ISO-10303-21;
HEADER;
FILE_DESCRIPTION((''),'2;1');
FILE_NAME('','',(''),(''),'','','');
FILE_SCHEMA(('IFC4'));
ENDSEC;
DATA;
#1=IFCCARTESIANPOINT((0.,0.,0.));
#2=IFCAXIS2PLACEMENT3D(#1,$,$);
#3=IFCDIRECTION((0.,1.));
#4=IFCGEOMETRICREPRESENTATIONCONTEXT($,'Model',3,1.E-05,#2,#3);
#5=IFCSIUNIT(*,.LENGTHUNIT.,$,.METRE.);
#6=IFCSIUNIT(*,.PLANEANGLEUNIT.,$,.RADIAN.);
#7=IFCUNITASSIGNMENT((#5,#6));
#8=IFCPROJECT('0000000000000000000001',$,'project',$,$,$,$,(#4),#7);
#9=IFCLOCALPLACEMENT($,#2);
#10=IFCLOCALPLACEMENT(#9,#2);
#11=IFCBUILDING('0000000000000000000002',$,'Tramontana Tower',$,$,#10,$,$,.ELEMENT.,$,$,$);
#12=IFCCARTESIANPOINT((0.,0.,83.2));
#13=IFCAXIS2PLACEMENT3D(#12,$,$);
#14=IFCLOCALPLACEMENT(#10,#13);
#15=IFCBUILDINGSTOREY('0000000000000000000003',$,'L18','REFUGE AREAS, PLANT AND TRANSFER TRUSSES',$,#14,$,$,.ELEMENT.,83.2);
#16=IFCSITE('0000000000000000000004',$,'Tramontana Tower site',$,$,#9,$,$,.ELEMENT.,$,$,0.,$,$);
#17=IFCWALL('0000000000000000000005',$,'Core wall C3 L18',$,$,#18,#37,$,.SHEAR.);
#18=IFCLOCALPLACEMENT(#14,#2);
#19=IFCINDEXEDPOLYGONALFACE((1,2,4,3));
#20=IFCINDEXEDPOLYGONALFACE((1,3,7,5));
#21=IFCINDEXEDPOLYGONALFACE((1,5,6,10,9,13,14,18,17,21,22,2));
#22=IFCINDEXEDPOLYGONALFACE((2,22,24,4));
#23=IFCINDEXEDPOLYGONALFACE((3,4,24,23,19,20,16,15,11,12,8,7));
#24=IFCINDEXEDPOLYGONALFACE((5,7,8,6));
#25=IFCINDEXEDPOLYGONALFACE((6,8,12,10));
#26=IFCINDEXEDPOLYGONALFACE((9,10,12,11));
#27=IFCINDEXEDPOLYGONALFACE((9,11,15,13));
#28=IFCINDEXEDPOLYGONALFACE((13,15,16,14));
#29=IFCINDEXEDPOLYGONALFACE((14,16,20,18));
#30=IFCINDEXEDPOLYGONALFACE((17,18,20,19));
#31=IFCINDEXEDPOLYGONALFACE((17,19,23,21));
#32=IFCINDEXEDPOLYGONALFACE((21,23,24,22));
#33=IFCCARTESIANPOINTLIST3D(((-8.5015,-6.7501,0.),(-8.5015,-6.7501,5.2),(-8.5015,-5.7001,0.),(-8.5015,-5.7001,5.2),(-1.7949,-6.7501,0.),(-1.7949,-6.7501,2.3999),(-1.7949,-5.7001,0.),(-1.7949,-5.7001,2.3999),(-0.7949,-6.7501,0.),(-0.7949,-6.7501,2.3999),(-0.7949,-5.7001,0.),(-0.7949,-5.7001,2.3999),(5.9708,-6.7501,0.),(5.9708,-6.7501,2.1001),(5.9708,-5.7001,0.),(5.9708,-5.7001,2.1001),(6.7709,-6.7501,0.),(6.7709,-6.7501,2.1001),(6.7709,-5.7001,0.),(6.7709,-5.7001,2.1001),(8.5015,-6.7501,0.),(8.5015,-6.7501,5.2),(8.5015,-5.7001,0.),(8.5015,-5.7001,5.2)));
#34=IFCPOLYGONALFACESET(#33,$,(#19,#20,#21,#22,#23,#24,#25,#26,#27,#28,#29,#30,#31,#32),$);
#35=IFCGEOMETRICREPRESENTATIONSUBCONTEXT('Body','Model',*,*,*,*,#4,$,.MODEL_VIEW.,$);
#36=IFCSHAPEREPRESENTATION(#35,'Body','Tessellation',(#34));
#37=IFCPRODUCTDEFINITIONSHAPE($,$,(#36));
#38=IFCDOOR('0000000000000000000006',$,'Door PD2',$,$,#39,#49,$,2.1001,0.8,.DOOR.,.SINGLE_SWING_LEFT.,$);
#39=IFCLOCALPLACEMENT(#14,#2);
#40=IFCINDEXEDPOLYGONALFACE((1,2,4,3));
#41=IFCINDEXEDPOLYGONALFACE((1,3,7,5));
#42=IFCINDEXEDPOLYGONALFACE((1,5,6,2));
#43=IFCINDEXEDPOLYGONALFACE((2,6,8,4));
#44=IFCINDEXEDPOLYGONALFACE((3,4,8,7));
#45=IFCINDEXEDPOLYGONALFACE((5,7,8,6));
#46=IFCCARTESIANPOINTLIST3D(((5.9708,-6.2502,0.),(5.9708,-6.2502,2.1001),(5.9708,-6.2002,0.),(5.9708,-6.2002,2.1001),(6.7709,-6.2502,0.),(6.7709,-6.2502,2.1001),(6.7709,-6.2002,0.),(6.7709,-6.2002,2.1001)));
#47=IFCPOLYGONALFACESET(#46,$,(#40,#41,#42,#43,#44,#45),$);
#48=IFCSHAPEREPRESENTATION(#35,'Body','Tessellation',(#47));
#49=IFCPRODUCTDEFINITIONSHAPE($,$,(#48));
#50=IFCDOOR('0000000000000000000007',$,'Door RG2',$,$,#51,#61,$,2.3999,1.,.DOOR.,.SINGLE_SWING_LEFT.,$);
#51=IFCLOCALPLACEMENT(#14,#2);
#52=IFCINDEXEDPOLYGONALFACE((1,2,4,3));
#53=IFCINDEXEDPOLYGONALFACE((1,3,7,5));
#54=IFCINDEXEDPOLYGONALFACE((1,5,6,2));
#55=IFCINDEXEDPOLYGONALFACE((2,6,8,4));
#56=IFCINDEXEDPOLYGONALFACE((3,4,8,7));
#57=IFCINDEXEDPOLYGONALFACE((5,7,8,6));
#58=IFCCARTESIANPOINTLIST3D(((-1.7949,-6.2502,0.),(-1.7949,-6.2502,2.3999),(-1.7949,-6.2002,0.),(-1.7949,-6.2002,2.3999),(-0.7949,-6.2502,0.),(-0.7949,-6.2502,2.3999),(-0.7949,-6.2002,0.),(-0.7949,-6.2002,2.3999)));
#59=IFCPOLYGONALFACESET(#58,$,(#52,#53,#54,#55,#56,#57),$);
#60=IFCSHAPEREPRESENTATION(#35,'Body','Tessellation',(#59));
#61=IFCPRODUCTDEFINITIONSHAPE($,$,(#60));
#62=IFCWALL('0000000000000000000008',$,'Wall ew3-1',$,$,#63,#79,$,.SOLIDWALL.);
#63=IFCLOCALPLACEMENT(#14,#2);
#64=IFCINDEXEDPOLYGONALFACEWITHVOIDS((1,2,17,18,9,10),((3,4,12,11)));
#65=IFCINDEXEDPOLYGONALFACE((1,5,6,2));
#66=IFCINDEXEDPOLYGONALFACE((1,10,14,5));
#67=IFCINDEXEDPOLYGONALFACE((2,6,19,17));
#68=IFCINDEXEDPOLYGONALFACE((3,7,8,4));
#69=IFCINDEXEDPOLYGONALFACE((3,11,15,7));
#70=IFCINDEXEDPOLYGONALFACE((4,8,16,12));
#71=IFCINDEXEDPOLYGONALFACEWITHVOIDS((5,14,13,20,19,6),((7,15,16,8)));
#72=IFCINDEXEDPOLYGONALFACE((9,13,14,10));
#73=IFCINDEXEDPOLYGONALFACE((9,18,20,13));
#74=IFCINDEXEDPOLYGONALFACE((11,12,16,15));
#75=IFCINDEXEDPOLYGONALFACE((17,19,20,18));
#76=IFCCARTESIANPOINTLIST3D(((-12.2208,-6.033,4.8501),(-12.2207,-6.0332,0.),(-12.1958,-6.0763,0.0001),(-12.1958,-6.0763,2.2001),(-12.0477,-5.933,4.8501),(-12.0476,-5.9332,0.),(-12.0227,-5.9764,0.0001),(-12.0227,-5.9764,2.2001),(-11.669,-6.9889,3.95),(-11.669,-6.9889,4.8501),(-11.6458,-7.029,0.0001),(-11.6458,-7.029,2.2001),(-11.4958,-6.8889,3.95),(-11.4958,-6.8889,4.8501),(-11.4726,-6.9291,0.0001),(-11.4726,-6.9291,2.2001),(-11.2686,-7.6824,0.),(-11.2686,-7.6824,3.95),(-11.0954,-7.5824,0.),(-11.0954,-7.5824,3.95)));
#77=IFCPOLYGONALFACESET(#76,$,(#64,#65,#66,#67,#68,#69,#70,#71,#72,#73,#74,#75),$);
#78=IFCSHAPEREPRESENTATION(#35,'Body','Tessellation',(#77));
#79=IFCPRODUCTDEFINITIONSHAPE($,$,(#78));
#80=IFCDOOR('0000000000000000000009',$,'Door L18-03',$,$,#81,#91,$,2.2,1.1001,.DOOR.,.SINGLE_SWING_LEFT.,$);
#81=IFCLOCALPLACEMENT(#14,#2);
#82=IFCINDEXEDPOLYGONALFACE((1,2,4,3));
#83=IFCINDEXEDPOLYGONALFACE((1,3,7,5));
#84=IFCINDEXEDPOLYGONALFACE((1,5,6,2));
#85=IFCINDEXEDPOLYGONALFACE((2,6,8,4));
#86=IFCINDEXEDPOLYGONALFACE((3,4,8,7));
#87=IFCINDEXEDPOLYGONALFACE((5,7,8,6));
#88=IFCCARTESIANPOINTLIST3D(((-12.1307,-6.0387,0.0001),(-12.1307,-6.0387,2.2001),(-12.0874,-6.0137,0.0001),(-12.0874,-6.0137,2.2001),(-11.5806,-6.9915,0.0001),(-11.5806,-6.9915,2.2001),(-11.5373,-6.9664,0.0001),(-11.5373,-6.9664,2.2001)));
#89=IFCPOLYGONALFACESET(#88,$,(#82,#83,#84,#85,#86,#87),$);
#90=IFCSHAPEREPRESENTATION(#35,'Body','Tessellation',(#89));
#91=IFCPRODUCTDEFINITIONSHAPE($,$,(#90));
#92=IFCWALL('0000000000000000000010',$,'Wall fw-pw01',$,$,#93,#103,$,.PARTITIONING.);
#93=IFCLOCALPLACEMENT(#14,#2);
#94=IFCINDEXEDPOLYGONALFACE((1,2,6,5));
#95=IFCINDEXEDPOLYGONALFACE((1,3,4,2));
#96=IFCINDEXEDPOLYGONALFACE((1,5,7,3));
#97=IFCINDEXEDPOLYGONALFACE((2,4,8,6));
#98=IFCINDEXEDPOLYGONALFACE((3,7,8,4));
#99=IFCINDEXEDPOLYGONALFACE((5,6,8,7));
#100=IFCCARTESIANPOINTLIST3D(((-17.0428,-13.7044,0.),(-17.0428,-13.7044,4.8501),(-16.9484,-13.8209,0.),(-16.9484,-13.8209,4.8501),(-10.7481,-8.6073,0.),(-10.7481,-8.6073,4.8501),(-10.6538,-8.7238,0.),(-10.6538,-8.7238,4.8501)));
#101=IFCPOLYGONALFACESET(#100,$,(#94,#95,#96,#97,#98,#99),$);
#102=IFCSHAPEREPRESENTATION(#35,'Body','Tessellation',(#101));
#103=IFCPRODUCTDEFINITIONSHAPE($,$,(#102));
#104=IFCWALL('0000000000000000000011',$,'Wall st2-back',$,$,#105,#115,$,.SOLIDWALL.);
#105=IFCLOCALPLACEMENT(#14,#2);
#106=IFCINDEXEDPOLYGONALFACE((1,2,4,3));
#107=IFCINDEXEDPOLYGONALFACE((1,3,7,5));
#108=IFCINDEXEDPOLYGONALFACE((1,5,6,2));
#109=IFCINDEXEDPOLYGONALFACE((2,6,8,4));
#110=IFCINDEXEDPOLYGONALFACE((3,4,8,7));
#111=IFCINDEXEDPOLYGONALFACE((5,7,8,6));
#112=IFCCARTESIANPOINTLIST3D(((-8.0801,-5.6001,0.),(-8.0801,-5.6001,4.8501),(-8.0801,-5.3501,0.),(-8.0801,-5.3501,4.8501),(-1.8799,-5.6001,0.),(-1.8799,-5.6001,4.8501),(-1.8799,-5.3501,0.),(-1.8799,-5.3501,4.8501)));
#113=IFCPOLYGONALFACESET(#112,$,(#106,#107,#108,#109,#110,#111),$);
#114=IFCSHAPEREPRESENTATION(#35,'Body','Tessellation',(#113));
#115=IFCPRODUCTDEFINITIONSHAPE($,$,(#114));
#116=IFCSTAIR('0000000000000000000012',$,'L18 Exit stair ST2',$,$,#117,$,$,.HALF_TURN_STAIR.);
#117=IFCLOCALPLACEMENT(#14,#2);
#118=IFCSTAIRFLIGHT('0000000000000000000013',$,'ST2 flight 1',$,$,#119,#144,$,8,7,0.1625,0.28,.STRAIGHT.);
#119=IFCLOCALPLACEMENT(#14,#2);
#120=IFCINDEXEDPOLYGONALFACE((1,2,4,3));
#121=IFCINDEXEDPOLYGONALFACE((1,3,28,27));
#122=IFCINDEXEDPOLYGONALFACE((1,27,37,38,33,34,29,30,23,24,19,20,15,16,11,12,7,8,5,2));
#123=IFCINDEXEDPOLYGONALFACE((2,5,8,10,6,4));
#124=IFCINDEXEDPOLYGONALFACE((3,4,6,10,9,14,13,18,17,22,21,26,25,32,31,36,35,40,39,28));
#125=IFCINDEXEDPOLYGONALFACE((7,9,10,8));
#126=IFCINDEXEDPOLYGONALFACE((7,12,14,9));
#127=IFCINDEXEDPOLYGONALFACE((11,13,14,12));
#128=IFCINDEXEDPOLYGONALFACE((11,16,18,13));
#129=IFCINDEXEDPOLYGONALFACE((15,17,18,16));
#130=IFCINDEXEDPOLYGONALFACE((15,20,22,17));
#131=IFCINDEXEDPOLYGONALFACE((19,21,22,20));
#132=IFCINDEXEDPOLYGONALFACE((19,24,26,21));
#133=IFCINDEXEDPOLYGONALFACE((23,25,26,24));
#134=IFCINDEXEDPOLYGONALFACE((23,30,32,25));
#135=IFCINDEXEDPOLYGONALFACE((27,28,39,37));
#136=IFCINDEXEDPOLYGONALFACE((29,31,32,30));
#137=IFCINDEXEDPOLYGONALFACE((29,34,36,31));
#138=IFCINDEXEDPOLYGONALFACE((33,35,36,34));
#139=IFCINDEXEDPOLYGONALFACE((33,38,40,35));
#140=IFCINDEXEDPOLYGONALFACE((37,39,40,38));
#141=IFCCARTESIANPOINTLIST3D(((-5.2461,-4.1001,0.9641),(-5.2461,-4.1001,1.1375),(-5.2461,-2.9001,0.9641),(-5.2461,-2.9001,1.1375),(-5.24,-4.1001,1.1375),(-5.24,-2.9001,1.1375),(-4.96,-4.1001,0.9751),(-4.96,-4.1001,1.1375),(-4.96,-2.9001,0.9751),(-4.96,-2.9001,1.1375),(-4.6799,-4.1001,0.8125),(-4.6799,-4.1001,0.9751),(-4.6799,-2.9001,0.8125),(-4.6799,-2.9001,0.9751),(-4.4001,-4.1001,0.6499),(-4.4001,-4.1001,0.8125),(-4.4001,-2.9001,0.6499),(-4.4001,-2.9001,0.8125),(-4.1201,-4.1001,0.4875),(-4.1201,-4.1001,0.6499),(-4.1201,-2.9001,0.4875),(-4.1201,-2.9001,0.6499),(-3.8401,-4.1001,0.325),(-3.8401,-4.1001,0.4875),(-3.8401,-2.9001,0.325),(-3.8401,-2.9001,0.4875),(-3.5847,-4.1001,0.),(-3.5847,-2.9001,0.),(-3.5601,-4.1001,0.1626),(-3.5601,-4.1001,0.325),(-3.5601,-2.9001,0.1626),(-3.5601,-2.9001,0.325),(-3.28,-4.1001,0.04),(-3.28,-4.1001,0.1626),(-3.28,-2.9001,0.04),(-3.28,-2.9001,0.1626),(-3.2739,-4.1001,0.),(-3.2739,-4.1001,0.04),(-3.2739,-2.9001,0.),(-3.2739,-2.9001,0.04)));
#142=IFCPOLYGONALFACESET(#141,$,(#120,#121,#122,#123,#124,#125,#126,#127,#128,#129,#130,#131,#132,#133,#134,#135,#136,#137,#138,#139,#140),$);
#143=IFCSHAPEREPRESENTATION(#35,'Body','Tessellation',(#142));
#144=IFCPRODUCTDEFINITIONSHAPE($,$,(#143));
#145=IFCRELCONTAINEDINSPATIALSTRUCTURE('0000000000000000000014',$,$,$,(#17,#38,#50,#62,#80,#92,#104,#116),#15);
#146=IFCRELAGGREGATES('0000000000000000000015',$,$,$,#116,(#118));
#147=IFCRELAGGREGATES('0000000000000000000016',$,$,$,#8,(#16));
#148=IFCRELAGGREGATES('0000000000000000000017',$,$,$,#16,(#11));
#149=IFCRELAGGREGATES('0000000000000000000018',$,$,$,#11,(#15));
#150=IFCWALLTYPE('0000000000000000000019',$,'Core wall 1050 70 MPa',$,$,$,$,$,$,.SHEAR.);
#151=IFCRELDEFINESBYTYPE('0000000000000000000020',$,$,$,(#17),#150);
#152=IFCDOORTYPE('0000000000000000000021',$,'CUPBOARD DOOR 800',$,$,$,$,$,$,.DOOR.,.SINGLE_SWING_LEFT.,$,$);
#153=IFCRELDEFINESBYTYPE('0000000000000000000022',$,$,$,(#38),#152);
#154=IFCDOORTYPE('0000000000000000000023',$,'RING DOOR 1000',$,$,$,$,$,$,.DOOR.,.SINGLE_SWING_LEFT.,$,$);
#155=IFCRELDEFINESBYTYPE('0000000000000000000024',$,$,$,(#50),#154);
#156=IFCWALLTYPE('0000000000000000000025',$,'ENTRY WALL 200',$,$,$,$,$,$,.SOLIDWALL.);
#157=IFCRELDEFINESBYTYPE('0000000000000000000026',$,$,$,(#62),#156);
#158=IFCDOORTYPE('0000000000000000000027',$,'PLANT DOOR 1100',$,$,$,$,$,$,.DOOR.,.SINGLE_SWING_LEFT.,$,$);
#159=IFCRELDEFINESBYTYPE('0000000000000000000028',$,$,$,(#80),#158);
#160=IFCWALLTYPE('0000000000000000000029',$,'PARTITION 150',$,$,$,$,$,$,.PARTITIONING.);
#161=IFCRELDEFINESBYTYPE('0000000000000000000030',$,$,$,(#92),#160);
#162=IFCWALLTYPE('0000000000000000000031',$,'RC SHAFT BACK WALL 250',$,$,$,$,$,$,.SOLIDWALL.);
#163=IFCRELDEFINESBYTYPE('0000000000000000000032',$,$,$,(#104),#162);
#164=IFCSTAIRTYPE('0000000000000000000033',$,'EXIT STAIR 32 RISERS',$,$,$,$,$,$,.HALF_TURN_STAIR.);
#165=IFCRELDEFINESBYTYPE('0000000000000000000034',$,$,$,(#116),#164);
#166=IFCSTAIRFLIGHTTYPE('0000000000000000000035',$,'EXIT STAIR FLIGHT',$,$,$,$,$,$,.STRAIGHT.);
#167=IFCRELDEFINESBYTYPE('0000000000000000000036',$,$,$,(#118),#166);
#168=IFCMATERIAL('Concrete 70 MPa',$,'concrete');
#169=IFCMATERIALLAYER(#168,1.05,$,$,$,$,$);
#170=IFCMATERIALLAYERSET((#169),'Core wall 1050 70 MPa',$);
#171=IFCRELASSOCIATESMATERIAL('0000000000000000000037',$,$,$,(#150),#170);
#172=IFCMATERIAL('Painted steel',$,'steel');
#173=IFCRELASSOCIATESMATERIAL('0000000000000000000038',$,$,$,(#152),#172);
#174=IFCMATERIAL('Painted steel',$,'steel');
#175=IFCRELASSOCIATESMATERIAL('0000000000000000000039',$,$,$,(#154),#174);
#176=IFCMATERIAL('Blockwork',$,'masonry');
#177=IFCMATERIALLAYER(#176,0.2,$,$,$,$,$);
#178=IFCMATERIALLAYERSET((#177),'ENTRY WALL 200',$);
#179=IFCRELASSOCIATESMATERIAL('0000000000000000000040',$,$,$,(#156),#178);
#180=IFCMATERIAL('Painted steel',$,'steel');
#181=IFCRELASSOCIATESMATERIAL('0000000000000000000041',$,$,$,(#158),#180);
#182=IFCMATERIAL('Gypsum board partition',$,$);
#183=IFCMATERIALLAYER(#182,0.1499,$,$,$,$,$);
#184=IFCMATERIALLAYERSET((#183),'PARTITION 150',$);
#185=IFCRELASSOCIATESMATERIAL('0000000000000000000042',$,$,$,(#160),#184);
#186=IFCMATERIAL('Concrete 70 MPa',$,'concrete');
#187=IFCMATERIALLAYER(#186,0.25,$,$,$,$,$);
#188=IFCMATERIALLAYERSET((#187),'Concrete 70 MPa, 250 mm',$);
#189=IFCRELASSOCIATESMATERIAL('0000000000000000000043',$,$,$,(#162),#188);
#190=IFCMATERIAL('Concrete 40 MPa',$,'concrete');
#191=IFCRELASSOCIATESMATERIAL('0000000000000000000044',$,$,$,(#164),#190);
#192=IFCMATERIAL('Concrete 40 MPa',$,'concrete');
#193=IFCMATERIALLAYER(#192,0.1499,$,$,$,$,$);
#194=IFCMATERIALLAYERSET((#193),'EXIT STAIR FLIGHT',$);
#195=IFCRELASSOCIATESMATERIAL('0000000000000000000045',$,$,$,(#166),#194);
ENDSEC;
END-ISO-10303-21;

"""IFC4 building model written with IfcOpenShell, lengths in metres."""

from ifc_helpers import new_model, si_unit, direction, frame, frame_2d, origin, place, context, subcontext, project, spatial, polyline, rectangle, outline, extrude, material, layer, layer_set, type_object, element, fill, aggregate, save


model = new_model("IFC4")

# Units and contexts
model_context = context("Model", 3, precision=1e-05, world=origin(), true_north=direction((0.0, 1.0)))
body_context = subcontext(model_context, "Body", "Model", "MODEL_VIEW")
ifc_project = project(units=[si_unit("LENGTHUNIT", "METRE"), si_unit("PLANEANGLEUNIT", "RADIAN")], contexts=[model_context])

# Site, building, storey
site_placement = place(None, origin())
site = spatial("IfcSite", under=ifc_project, at=site_placement, Name="Tramontana Tower site", CompositionType="ELEMENT", RefElevation=0.0)
building_placement = place(site_placement, origin())
building = spatial("IfcBuilding", under=site, at=building_placement, Name="Tramontana Tower", CompositionType="ELEMENT")
storey_placement = place(building_placement, frame((0.0, 0.0, 83.2)))
storey = spatial("IfcBuildingStorey", under=building, at=storey_placement, Name="L18", Description="REFUGE AREAS, PLANT AND TRANSFER TRUSSES", CompositionType="ELEMENT", Elevation=83.2)

# Shared definitions
ifc_material_1 = material(Name="Concrete 70 MPa", Category="concrete")
ifc_layer_1 = layer(ifc_material_1, 1.05)
ifc_layer_set_1 = layer_set([ifc_layer_1], Name="Core wall 1050 70 MPa")
wall_type_1 = type_object("IfcWallType", Name="Core wall 1050 70 MPa", PredefinedType="SHEAR", material=ifc_layer_set_1)

# Wall, openings, doors
wall_1_placement = place(storey_placement, frame((-8.5015, -6.2251, 0.0), z_axis=(0.0, 0.0, 1.0), x_axis=(1.0, 0.0, 0.0)))
wall_1 = element("IfcWall", 1, at=wall_1_placement, inside=storey, type_object=wall_type_1, Name="Core wall C3 L18", PredefinedType="SHEAR", context=body_context, shape_type="SweptSolid", body=[
    extrude(rectangle(XDim=17.0029, YDim=1.05, at=frame_2d((8.5015, 0.0))), origin(), (0.0, 0.0, 1.0), 5.2),
])
opening_1_placement = place(wall_1_placement, frame((6.7065, 0.0, 0.0)))
opening_1 = element("IfcOpeningElement", 2, at=opening_1_placement, cuts=wall_1, PredefinedType="OPENING", context=body_context, shape_type="SweptSolid", body=[
    extrude(rectangle(XDim=1.0, YDim=2.3999, at=frame_2d((0.5, 1.2))), frame((0.0, 0.5349, 0.0), z_axis=(0.0, -1.0, 0.0), x_axis=(1.0, 0.0, 0.0)), (0.0, 0.0, 1.0), 1.0701),
])
opening_2_placement = place(wall_1_placement, frame((14.4724, 0.0, 0.0)))
opening_2 = element("IfcOpeningElement", 3, at=opening_2_placement, cuts=wall_1, PredefinedType="OPENING", context=body_context, shape_type="SweptSolid", body=[
    extrude(rectangle(XDim=0.8, YDim=2.1001, at=frame_2d((0.3999, 1.05))), frame((0.0, 0.5349, 0.0), z_axis=(0.0, -1.0, 0.0), x_axis=(1.0, 0.0, 0.0)), (0.0, 0.0, 1.0), 1.0701),
])
ifc_material_2 = material(Name="Painted steel", Category="steel")
door_type_1 = type_object("IfcDoorType", Name="CUPBOARD DOOR 800", OperationType="SINGLE_SWING_LEFT", PredefinedType="DOOR", material=ifc_material_2)
door_1_placement = place(opening_2_placement, origin())
door_1 = element("IfcDoor", 4, at=door_1_placement, inside=storey, type_object=door_type_1, Name="Door PD2", OperationType="SINGLE_SWING_LEFT", OverallHeight=2.1001, OverallWidth=0.8, PredefinedType="DOOR", context=body_context, shape_type="SweptSolid", body=[
    extrude(rectangle(XDim=0.8, YDim=2.1001, at=frame_2d((0.3999, 1.05))), frame((0.0, 0.0249, 0.0), z_axis=(0.0, -1.0, 0.0), x_axis=(1.0, 0.0, 0.0)), (0.0, 0.0, 1.0), 0.05),
])
fill(opening_2, door_1)
ifc_material_3 = material(Name="Painted steel", Category="steel")
door_type_2 = type_object("IfcDoorType", Name="RING DOOR 1000", OperationType="SINGLE_SWING_LEFT", PredefinedType="DOOR", material=ifc_material_3)
door_2_placement = place(opening_1_placement, origin())
door_2 = element("IfcDoor", 5, at=door_2_placement, inside=storey, type_object=door_type_2, Name="Door RG2", OperationType="SINGLE_SWING_LEFT", OverallHeight=2.3999, OverallWidth=1.0, PredefinedType="DOOR", context=body_context, shape_type="SweptSolid", body=[
    extrude(rectangle(XDim=1.0, YDim=2.3999, at=frame_2d((0.5, 1.2))), frame((0.0, 0.0249, 0.0), z_axis=(0.0, -1.0, 0.0), x_axis=(1.0, 0.0, 0.0)), (0.0, 0.0, 1.0), 0.05),
])
fill(opening_1, door_2)

# Wall, opening, door
ifc_material_4 = material(Name="Blockwork", Category="masonry")
ifc_layer_2 = layer(ifc_material_4, 0.2)
ifc_layer_set_2 = layer_set([ifc_layer_2], Name="ENTRY WALL 200")
wall_type_2 = type_object("IfcWallType", Name="ENTRY WALL 200", PredefinedType="SOLIDWALL", material=ifc_layer_set_2)
wall_2_placement = place(storey_placement, frame((-11.1819, -7.6323, 0.0), z_axis=(0.0, 0.0, 1.0), x_axis=(-0.5, 0.866025, 0.0)))
wall_2 = element("IfcWall", 6, at=wall_2_placement, inside=storey, type_object=wall_type_2, Name="Wall ew3-1", PredefinedType="SOLIDWALL", context=body_context, shape_type="SweptSolid", body=[
    extrude(outline(polyline([(0.0, 0.0), (1.9043, 0.0), (1.9045, 4.8501), (0.8008, 4.8501), (0.8008, 3.95), (0.0, 3.95), (0.0, 0.0)])), frame((0.0, 0.1001, 0.0), z_axis=(0.0, -1.0, 0.0), x_axis=(1.0, 0.0, 0.0)), (0.0, 0.0, 1.0), 0.2),
])
opening_3_placement = place(wall_2_placement, frame((0.7544, 0.0, 0.0)))
opening_3 = element("IfcOpeningElement", 7, at=opening_3_placement, cuts=wall_2, PredefinedType="OPENING", context=body_context, shape_type="SweptSolid", body=[
    extrude(rectangle(XDim=1.1001, YDim=2.2, at=frame_2d((0.55, 1.1001))), frame((0.0, 0.1099, 0.0), z_axis=(0.0, -1.0, 0.0), x_axis=(1.0, 0.0, 0.0)), (0.0, 0.0, 1.0), 0.22),
])
ifc_material_5 = material(Name="Painted steel", Category="steel")
door_type_3 = type_object("IfcDoorType", Name="PLANT DOOR 1100", OperationType="SINGLE_SWING_LEFT", PredefinedType="DOOR", material=ifc_material_5)
door_3_placement = place(opening_3_placement, origin())
door_3 = element("IfcDoor", 8, at=door_3_placement, inside=storey, type_object=door_type_3, Name="Door L18-03", OperationType="SINGLE_SWING_LEFT", OverallHeight=2.2, OverallWidth=1.1001, PredefinedType="DOOR", context=body_context, shape_type="SweptSolid", body=[
    extrude(rectangle(XDim=1.1001, YDim=2.2, at=frame_2d((0.55, 1.1001))), frame((0.0, 0.0249, 0.0), z_axis=(0.0, -1.0, 0.0), x_axis=(1.0, 0.0, 0.0)), (0.0, 0.0, 1.0), 0.05),
])
fill(opening_3, door_3)

# Walls
ifc_material_6 = material(Name="Gypsum board partition")
ifc_layer_3 = layer(ifc_material_6, 0.1499)
ifc_layer_set_3 = layer_set([ifc_layer_3], Name="PARTITION 150")
wall_type_3 = type_object("IfcWallType", Name="PARTITION 150", PredefinedType="PARTITIONING", material=ifc_layer_set_3)
wall_3_placement = place(storey_placement, frame((-10.7009, -8.6655, 0.0), z_axis=(0.0, 0.0, 1.0), x_axis=(-0.777156, -0.629308, 0.0)))
element("IfcWall", 9, at=wall_3_placement, inside=storey, type_object=wall_type_3, Name="Wall fw-pw01", PredefinedType="PARTITIONING", context=body_context, shape_type="SweptSolid", body=[
    extrude(rectangle(XDim=8.0996, YDim=0.1499, at=frame_2d((4.0498, 0.0))), origin(), (0.0, 0.0, 1.0), 4.8501),
])
ifc_material_7 = material(Name="Concrete 70 MPa", Category="concrete")
ifc_layer_4 = layer(ifc_material_7, 0.25)
ifc_layer_set_4 = layer_set([ifc_layer_4], Name="Concrete 70 MPa, 250 mm")
wall_type_4 = type_object("IfcWallType", Name="RC SHAFT BACK WALL 250", PredefinedType="SOLIDWALL", material=ifc_layer_set_4)
wall_4_placement = place(storey_placement, frame((-8.0801, -5.4751, 0.0), z_axis=(0.0, 0.0, 1.0), x_axis=(1.0, 0.0, 0.0)))
element("IfcWall", 10, at=wall_4_placement, inside=storey, type_object=wall_type_4, Name="Wall st2-back", PredefinedType="SOLIDWALL", context=body_context, shape_type="SweptSolid", body=[
    extrude(rectangle(XDim=6.2002, YDim=0.25, at=frame_2d((3.1001, 0.0))), origin(), (0.0, 0.0, 1.0), 4.8501),
])

# Stair, stair flight
ifc_material_8 = material(Name="Concrete 40 MPa", Category="concrete")
stair_type = type_object("IfcStairType", Name="EXIT STAIR 32 RISERS", PredefinedType="HALF_TURN_STAIR", material=ifc_material_8)
stair_placement = place(storey_placement, origin())
stair = element("IfcStair", 11, at=stair_placement, inside=storey, type_object=stair_type, Name="L18 Exit stair ST2", PredefinedType="HALF_TURN_STAIR")
ifc_material_9 = material(Name="Concrete 40 MPa", Category="concrete")
ifc_layer_5 = layer(ifc_material_9, 0.1499)
ifc_layer_set_5 = layer_set([ifc_layer_5], Name="EXIT STAIR FLIGHT")
stair_flight_type = type_object("IfcStairFlightType", Name="EXIT STAIR FLIGHT", PredefinedType="STRAIGHT", material=ifc_layer_set_5)
stair_flight_1_placement = place(storey_placement, frame((-3.28, -3.5, 0.0), z_axis=(0.0, 0.0, 1.0), x_axis=(-1.0, 0.0, 0.0)))
stair_flight_1 = element("IfcStairFlight", 12, at=stair_flight_1_placement, type_object=stair_flight_type, Name="ST2 flight 1", NumberOfRisers=8, NumberOfTreads=7, PredefinedType="STRAIGHT", RiserHeight=0.1625, TreadLength=0.28, context=body_context, shape_type="SweptSolid", body=[
    extrude(outline(polyline([(-0.0061, 0.0), (-0.0061, 0.04), (0.0, 0.04), (0.0, 0.1626), (0.28, 0.1626), (0.28, 0.325), (0.5601, 0.325), (0.5601, 0.4875), (0.8401, 0.4875), (0.8401, 0.6499), (1.1201, 0.6499), (1.1201, 0.8125), (1.3999, 0.8125), (1.3999, 0.9751), (1.6799, 0.9751), (1.6799, 1.1375), (1.96, 1.1375), (1.9661, 1.1375), (1.9661, 0.9641), (0.3047, 0.0), (-0.0061, 0.0)])), frame((0.0, 0.6001, 0.0), z_axis=(0.0, -1.0, 0.0), x_axis=(1.0, 0.0, 0.0)), (0.0, 0.0, 1.0), 1.2),
])
aggregate(stair, [stair_flight_1])

save(model, "model.ifc")
